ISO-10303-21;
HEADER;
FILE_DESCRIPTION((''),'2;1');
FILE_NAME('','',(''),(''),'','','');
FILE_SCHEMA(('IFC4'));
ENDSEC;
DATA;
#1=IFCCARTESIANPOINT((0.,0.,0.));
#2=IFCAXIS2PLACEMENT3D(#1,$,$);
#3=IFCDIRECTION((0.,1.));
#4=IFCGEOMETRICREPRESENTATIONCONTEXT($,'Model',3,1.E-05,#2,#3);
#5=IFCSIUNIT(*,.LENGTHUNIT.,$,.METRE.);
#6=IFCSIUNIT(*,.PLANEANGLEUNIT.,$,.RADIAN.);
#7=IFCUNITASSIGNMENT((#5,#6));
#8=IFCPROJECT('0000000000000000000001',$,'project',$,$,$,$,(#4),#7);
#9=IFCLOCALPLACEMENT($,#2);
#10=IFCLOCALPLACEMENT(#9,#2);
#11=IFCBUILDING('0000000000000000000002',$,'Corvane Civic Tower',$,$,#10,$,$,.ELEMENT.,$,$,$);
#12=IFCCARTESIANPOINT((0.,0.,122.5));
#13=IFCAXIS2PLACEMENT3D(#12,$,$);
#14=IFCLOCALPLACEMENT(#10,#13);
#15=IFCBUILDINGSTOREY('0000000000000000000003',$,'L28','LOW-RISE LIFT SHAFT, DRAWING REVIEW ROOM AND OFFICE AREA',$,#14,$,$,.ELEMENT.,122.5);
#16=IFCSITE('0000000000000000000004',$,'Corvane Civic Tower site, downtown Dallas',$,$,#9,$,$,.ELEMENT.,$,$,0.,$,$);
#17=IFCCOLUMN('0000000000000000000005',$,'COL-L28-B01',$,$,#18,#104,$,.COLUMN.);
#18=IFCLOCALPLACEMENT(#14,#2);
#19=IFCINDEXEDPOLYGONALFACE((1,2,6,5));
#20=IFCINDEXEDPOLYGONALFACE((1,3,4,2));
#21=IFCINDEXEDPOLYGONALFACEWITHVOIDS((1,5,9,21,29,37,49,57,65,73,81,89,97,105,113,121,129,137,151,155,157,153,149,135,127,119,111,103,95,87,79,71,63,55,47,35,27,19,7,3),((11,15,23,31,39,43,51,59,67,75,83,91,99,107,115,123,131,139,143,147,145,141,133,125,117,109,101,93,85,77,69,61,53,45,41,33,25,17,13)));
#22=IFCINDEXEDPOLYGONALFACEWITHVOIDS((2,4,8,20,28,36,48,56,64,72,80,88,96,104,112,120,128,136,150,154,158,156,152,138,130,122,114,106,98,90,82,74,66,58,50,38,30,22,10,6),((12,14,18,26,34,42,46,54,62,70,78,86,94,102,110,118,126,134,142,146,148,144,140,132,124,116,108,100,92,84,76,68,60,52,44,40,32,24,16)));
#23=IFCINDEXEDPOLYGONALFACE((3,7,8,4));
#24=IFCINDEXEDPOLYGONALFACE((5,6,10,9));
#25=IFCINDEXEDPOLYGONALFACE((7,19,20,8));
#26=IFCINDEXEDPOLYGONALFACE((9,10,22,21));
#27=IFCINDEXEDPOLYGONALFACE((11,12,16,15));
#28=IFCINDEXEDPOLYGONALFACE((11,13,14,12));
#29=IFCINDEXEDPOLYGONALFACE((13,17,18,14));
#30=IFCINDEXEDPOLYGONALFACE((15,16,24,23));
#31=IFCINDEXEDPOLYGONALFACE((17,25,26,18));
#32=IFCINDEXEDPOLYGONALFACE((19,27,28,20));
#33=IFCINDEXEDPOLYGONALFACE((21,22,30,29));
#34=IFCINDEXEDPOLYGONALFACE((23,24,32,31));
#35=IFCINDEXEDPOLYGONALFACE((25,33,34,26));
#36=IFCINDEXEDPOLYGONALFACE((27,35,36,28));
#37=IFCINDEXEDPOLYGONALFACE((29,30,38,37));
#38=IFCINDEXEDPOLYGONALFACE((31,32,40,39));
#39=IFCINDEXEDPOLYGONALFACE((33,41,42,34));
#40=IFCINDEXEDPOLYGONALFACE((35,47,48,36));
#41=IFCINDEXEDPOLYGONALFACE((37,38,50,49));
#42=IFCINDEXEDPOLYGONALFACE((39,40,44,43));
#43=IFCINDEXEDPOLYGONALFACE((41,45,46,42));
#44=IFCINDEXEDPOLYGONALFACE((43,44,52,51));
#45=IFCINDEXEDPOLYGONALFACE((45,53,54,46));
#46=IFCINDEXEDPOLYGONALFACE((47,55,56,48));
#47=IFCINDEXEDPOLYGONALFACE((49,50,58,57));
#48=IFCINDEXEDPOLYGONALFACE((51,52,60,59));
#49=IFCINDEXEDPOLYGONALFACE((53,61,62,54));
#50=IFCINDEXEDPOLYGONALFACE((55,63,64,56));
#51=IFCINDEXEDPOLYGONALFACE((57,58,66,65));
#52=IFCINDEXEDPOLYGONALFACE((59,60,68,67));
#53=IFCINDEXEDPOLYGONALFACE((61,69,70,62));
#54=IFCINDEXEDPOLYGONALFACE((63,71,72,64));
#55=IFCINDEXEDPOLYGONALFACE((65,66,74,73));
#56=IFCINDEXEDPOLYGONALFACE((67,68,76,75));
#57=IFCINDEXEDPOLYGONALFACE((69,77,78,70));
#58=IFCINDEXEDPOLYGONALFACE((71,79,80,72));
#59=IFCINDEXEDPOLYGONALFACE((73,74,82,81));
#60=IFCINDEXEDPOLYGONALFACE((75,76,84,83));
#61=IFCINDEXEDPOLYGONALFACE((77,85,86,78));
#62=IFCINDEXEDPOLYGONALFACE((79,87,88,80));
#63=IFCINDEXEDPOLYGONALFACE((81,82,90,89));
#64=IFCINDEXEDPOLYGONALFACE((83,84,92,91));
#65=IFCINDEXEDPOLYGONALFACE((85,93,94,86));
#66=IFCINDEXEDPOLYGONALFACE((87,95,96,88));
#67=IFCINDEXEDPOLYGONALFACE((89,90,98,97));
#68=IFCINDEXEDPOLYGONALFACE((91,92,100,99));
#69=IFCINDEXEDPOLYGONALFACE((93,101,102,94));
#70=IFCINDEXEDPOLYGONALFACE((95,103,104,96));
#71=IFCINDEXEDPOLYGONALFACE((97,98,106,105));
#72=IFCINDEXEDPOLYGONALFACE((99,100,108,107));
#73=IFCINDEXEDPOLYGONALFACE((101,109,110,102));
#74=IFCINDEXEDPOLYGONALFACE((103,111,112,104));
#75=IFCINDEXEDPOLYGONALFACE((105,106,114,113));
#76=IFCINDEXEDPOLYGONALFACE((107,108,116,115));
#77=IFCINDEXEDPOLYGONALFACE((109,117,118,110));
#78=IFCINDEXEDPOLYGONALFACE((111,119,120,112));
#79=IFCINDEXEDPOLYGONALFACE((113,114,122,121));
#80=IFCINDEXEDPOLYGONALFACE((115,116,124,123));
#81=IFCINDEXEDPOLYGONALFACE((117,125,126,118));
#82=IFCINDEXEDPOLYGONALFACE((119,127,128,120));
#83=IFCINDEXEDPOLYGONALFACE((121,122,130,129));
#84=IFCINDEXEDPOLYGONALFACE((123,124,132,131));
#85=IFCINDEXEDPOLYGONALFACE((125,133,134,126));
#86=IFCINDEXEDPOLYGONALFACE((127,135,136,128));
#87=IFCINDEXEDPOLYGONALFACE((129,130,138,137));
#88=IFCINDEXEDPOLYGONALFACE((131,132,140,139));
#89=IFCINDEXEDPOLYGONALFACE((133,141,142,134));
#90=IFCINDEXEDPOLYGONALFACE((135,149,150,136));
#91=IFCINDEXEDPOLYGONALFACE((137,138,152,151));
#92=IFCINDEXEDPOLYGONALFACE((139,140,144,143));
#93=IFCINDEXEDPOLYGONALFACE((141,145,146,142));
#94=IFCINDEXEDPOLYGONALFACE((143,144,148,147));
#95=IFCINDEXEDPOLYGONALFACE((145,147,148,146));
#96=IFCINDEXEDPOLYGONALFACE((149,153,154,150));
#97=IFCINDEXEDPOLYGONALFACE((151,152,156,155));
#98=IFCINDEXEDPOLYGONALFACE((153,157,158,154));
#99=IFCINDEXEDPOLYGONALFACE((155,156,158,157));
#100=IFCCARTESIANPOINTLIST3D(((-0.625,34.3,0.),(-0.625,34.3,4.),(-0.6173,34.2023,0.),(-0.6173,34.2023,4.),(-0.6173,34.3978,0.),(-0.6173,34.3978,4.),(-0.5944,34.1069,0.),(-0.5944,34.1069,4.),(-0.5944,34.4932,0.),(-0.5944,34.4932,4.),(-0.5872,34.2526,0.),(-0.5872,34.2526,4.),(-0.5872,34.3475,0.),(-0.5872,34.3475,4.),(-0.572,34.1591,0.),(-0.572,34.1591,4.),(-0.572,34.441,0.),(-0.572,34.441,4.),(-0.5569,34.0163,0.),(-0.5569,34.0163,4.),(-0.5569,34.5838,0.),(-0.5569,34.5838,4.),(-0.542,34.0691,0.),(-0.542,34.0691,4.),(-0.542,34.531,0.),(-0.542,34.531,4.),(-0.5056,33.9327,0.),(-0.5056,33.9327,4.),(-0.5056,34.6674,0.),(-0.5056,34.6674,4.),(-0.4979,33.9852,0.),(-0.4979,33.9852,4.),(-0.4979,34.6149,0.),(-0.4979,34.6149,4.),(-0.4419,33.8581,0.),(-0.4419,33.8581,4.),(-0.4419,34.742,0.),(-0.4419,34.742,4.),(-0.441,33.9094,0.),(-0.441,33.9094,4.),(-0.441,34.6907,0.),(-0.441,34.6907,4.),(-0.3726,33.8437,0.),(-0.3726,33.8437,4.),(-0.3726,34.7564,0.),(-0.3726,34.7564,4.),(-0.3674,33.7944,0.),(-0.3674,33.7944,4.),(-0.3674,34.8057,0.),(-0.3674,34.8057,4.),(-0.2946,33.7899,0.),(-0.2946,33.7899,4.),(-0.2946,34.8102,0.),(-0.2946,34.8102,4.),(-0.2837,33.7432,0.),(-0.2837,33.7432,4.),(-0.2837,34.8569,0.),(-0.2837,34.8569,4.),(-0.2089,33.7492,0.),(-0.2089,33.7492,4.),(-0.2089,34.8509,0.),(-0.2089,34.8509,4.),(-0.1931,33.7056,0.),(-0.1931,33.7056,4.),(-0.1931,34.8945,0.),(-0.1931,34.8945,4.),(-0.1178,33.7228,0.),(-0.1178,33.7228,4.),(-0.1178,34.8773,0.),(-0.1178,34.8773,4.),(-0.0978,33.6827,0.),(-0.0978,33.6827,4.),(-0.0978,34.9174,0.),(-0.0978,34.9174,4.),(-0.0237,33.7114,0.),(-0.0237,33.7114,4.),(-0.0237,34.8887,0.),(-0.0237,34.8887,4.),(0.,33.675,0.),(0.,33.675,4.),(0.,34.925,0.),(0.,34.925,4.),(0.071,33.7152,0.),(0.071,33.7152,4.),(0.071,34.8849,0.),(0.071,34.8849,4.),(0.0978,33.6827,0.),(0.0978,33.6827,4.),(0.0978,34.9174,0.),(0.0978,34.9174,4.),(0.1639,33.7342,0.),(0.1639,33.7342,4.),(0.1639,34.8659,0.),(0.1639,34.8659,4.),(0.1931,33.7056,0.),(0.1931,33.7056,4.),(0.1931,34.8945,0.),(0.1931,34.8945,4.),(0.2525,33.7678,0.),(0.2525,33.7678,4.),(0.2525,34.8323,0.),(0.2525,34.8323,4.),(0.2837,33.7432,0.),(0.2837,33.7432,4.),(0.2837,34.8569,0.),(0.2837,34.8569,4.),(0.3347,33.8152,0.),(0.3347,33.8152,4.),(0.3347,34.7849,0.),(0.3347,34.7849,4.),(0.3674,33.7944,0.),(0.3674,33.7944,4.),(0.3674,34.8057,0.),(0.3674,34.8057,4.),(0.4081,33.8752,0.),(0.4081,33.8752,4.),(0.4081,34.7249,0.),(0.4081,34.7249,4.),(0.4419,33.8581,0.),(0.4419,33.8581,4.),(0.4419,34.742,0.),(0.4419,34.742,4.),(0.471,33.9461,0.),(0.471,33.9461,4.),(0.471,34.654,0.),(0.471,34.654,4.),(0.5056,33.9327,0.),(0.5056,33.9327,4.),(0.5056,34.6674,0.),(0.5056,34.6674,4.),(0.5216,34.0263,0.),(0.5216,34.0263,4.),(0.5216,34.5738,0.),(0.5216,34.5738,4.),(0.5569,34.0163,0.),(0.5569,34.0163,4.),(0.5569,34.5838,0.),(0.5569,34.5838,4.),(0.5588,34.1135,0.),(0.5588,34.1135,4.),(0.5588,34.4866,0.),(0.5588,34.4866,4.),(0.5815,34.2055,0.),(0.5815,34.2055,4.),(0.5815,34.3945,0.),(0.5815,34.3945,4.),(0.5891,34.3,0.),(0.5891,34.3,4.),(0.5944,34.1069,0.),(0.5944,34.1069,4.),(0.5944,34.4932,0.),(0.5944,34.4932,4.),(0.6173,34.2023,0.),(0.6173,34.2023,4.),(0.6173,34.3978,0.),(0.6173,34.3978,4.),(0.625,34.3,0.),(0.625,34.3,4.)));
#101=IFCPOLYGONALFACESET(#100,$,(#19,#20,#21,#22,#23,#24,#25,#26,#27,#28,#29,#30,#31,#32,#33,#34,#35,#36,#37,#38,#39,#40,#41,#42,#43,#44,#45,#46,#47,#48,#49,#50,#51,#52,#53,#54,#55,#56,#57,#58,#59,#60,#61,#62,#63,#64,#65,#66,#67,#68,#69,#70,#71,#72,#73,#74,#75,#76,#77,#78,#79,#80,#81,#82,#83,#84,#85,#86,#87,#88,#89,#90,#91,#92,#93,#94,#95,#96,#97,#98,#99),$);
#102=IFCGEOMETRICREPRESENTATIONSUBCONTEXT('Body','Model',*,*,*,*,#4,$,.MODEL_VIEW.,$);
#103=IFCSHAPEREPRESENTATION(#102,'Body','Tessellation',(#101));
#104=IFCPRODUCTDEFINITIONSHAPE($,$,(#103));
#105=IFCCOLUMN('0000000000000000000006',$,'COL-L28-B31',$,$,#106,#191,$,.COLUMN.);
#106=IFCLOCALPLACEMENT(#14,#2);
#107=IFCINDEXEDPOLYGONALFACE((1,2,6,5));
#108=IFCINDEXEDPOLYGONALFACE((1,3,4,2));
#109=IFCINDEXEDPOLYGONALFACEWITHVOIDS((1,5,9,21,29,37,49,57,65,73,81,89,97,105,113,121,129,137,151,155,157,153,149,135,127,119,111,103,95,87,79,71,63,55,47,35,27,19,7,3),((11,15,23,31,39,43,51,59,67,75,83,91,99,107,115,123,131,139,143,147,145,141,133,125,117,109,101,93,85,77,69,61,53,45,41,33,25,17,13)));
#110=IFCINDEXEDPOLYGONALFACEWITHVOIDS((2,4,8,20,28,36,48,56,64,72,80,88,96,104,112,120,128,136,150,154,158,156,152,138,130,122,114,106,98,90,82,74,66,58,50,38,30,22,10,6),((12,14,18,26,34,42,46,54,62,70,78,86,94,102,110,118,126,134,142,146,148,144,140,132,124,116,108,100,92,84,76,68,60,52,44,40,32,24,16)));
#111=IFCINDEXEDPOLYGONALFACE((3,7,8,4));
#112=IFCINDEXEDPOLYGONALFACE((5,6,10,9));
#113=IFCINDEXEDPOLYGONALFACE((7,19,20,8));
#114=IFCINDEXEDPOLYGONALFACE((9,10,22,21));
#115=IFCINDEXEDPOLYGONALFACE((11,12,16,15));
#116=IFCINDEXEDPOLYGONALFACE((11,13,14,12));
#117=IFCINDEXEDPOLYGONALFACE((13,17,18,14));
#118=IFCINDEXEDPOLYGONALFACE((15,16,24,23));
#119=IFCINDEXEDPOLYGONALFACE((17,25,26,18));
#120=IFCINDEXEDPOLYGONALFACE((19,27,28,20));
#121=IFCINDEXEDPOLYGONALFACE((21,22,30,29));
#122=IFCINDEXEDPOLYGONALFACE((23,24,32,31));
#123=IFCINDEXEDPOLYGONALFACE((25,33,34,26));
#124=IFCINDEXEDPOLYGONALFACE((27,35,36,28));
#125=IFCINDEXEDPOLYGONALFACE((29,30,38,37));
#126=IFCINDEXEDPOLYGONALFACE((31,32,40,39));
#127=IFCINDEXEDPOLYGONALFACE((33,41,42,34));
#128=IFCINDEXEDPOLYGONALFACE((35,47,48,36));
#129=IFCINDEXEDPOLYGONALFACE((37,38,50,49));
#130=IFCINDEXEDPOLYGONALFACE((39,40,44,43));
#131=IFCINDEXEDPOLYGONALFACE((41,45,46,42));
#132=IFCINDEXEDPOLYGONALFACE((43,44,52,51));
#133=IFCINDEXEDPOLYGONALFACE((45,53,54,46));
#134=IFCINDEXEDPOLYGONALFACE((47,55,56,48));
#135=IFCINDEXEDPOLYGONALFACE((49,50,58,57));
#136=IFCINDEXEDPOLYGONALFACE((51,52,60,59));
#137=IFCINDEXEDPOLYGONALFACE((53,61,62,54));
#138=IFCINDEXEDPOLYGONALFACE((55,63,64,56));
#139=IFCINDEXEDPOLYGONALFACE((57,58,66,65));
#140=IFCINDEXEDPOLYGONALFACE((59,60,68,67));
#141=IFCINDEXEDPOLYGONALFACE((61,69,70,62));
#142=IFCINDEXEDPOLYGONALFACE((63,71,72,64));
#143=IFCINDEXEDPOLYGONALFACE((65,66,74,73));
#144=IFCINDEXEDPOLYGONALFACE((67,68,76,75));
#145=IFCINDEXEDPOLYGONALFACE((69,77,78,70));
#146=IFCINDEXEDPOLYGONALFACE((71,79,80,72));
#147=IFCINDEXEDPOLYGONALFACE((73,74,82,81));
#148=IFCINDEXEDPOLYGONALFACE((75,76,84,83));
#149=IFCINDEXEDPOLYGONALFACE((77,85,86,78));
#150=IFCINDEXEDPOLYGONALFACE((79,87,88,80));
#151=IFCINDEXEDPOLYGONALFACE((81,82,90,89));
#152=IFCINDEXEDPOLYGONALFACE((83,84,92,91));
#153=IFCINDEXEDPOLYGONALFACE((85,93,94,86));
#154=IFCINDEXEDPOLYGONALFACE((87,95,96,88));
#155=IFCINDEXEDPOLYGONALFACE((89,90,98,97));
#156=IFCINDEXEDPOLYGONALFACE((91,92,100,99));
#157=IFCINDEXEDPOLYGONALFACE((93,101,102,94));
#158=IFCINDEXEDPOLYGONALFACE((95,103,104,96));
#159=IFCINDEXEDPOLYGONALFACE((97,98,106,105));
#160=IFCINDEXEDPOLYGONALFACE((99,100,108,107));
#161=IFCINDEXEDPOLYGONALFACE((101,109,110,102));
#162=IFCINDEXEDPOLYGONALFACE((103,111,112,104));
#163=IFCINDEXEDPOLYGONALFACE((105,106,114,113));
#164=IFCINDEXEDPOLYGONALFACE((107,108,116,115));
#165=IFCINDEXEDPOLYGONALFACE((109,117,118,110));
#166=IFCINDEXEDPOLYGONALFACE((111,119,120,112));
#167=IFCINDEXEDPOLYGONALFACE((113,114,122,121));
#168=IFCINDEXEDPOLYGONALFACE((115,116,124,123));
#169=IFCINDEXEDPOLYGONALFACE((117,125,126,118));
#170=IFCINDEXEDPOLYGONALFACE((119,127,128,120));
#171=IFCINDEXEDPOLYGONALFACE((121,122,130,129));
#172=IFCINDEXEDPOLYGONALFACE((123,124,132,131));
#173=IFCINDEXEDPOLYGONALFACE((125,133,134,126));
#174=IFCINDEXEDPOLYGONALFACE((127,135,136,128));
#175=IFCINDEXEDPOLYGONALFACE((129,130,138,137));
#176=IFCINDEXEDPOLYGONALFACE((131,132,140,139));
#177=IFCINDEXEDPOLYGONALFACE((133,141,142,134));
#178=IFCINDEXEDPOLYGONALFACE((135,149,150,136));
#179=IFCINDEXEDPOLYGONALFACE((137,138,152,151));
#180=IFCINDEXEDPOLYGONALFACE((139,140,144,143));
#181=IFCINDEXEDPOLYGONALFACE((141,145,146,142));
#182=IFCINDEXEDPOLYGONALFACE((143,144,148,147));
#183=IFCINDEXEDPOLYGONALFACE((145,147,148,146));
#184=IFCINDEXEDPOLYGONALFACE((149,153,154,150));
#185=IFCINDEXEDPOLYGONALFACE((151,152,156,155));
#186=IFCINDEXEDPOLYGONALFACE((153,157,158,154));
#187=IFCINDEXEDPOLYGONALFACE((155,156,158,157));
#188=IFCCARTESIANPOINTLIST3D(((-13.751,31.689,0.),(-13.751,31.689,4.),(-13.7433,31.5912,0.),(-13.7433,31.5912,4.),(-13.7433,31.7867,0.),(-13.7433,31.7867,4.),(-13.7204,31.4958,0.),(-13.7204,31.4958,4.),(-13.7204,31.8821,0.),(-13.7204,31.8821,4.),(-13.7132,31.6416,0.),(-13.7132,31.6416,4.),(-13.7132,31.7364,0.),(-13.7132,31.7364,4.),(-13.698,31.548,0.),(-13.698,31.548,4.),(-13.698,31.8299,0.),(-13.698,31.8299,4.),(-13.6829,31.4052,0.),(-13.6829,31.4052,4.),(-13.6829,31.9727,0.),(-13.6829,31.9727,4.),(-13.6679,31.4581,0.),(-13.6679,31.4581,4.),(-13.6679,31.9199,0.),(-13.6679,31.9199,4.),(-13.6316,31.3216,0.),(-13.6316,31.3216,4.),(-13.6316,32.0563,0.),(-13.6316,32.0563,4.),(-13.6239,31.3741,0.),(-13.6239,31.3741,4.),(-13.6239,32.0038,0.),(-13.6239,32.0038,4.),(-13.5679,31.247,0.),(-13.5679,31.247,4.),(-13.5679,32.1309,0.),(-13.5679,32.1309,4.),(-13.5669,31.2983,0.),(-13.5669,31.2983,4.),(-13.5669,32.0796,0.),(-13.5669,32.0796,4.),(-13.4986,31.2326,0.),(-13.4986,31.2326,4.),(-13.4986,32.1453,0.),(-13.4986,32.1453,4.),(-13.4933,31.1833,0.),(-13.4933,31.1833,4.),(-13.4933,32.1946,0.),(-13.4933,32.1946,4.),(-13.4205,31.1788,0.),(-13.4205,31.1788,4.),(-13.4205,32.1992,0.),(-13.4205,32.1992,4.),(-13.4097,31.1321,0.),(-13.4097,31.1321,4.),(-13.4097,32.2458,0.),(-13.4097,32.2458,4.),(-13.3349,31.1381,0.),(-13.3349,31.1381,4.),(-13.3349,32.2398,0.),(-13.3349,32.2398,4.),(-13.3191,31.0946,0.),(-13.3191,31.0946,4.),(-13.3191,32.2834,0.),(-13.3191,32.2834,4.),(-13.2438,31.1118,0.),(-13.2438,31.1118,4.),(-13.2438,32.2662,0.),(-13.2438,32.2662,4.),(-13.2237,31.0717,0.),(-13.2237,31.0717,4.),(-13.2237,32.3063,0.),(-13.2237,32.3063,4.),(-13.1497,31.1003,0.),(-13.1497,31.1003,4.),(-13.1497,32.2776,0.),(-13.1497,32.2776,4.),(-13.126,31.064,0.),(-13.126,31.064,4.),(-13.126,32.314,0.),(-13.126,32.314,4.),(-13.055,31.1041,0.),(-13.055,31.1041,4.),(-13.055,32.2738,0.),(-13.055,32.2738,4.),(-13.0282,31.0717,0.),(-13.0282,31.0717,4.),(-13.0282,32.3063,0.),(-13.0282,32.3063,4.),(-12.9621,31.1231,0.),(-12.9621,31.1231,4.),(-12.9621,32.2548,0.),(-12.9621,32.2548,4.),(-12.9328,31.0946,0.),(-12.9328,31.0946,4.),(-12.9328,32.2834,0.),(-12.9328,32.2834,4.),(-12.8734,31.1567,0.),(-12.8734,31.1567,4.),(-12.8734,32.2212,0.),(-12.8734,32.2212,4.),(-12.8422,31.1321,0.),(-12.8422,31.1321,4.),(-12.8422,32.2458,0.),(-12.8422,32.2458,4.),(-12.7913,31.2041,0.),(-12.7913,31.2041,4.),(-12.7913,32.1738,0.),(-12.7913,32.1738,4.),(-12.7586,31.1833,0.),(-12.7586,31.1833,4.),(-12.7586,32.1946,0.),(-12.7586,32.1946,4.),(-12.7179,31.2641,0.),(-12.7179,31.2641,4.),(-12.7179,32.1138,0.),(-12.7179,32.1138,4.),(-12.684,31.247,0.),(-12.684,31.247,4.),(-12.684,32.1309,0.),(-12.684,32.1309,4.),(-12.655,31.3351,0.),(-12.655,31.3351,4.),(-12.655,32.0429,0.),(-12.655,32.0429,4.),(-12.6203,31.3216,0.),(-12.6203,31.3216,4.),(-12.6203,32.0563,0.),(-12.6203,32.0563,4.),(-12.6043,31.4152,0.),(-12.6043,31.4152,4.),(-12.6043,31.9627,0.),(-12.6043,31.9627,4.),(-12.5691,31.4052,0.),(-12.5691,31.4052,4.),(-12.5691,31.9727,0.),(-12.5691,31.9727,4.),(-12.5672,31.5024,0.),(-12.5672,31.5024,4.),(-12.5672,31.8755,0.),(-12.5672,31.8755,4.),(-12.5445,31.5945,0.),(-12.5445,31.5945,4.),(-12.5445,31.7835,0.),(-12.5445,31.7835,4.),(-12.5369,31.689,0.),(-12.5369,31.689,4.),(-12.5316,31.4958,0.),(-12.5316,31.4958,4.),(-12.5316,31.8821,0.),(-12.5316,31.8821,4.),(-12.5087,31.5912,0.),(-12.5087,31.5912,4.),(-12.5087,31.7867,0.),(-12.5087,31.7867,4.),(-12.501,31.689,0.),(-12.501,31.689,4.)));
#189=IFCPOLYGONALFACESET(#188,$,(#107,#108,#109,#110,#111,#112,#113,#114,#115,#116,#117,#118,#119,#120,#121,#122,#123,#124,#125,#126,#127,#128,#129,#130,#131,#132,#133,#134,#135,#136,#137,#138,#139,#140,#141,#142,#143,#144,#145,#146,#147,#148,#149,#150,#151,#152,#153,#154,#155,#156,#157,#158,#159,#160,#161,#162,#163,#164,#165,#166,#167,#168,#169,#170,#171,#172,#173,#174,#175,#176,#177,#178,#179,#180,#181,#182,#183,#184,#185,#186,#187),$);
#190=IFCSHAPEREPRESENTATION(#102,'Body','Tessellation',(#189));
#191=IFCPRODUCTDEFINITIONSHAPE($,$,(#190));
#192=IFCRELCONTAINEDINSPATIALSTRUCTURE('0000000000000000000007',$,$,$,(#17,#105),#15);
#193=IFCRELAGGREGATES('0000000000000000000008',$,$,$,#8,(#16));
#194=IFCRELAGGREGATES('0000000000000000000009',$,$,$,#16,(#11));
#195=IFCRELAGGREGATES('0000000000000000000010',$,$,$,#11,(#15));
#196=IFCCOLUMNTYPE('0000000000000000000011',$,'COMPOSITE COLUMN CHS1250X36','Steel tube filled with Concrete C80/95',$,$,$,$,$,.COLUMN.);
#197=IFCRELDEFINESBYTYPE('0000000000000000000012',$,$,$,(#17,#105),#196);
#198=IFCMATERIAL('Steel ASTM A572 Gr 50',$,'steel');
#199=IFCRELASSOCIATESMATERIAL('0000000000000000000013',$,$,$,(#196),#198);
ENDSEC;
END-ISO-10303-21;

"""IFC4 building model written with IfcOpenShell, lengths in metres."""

from ifc_helpers import new_model, si_unit, direction, frame, origin, origin_2d, place, context, subcontext, project, spatial, hollow_circle, extrude, material, material_profile, profile_set, type_object, element, save


model = new_model("IFC4")

# Units and contexts
model_context = context("Model", 3, precision=1e-05, world=origin(), true_north=direction((0.0, 1.0)))
body_context = subcontext(model_context, "Body", "Model", "MODEL_VIEW")
ifc_project = project(units=[si_unit("LENGTHUNIT", "METRE"), si_unit("PLANEANGLEUNIT", "RADIAN")], contexts=[model_context])

# Site, building, storey
site_placement = place(None, origin())
site = spatial("IfcSite", under=ifc_project, at=site_placement, Name="Corvane Civic Tower site, downtown Dallas", CompositionType="ELEMENT", RefElevation=0.0)
building_placement = place(site_placement, origin())
building = spatial("IfcBuilding", under=site, at=building_placement, Name="Corvane Civic Tower", CompositionType="ELEMENT")
storey_placement = place(building_placement, frame((0.0, 0.0, 122.5)))
storey = spatial("IfcBuildingStorey", under=building, at=storey_placement, Name="L28", Description="LOW-RISE LIFT SHAFT, DRAWING REVIEW ROOM AND OFFICE AREA", CompositionType="ELEMENT", Elevation=122.5)

# Columns
ifc_material_1 = material(Name="Steel ASTM A572 Gr 50", Category="steel")
ifc_material_profile_1 = material_profile(ifc_material_1, hollow_circle(Radius=0.625, WallThickness=0.0359, at=origin_2d()), Name="CHS1250X36")
ifc_profile_set_1 = profile_set([ifc_material_profile_1], Name="Steel ASTM A572 Gr 50")
column_type = type_object("IfcColumnType", Name="COMPOSITE COLUMN CHS1250X36", Description="Steel tube filled with Concrete C80/95", PredefinedType="COLUMN", material=ifc_profile_set_1)
for number, where, z_axis, x_axis, name in (
    (1, (0.0, 34.3, 0.0), (0.0, 0.0, 1.0), (1.0, 0.0, 0.0), "COL-L28-B01"),
    (2, (-13.126, 31.689, 0.0), (0.0, 0.0, 1.0), (1.0, 0.0, 0.0), "COL-L28-B31"),
):
    element("IfcColumn", number, at=place(storey_placement, frame(where, z_axis=z_axis, x_axis=x_axis)), inside=storey, type_object=column_type, Name=name, PredefinedType="COLUMN", context=body_context, shape_type="SweptSolid", body=[
        extrude(hollow_circle(Radius=0.625, WallThickness=0.0359, at=origin_2d()), origin(), (0.0, 0.0, 1.0), 4.0),
    ])

save(model, "model.ifc")
